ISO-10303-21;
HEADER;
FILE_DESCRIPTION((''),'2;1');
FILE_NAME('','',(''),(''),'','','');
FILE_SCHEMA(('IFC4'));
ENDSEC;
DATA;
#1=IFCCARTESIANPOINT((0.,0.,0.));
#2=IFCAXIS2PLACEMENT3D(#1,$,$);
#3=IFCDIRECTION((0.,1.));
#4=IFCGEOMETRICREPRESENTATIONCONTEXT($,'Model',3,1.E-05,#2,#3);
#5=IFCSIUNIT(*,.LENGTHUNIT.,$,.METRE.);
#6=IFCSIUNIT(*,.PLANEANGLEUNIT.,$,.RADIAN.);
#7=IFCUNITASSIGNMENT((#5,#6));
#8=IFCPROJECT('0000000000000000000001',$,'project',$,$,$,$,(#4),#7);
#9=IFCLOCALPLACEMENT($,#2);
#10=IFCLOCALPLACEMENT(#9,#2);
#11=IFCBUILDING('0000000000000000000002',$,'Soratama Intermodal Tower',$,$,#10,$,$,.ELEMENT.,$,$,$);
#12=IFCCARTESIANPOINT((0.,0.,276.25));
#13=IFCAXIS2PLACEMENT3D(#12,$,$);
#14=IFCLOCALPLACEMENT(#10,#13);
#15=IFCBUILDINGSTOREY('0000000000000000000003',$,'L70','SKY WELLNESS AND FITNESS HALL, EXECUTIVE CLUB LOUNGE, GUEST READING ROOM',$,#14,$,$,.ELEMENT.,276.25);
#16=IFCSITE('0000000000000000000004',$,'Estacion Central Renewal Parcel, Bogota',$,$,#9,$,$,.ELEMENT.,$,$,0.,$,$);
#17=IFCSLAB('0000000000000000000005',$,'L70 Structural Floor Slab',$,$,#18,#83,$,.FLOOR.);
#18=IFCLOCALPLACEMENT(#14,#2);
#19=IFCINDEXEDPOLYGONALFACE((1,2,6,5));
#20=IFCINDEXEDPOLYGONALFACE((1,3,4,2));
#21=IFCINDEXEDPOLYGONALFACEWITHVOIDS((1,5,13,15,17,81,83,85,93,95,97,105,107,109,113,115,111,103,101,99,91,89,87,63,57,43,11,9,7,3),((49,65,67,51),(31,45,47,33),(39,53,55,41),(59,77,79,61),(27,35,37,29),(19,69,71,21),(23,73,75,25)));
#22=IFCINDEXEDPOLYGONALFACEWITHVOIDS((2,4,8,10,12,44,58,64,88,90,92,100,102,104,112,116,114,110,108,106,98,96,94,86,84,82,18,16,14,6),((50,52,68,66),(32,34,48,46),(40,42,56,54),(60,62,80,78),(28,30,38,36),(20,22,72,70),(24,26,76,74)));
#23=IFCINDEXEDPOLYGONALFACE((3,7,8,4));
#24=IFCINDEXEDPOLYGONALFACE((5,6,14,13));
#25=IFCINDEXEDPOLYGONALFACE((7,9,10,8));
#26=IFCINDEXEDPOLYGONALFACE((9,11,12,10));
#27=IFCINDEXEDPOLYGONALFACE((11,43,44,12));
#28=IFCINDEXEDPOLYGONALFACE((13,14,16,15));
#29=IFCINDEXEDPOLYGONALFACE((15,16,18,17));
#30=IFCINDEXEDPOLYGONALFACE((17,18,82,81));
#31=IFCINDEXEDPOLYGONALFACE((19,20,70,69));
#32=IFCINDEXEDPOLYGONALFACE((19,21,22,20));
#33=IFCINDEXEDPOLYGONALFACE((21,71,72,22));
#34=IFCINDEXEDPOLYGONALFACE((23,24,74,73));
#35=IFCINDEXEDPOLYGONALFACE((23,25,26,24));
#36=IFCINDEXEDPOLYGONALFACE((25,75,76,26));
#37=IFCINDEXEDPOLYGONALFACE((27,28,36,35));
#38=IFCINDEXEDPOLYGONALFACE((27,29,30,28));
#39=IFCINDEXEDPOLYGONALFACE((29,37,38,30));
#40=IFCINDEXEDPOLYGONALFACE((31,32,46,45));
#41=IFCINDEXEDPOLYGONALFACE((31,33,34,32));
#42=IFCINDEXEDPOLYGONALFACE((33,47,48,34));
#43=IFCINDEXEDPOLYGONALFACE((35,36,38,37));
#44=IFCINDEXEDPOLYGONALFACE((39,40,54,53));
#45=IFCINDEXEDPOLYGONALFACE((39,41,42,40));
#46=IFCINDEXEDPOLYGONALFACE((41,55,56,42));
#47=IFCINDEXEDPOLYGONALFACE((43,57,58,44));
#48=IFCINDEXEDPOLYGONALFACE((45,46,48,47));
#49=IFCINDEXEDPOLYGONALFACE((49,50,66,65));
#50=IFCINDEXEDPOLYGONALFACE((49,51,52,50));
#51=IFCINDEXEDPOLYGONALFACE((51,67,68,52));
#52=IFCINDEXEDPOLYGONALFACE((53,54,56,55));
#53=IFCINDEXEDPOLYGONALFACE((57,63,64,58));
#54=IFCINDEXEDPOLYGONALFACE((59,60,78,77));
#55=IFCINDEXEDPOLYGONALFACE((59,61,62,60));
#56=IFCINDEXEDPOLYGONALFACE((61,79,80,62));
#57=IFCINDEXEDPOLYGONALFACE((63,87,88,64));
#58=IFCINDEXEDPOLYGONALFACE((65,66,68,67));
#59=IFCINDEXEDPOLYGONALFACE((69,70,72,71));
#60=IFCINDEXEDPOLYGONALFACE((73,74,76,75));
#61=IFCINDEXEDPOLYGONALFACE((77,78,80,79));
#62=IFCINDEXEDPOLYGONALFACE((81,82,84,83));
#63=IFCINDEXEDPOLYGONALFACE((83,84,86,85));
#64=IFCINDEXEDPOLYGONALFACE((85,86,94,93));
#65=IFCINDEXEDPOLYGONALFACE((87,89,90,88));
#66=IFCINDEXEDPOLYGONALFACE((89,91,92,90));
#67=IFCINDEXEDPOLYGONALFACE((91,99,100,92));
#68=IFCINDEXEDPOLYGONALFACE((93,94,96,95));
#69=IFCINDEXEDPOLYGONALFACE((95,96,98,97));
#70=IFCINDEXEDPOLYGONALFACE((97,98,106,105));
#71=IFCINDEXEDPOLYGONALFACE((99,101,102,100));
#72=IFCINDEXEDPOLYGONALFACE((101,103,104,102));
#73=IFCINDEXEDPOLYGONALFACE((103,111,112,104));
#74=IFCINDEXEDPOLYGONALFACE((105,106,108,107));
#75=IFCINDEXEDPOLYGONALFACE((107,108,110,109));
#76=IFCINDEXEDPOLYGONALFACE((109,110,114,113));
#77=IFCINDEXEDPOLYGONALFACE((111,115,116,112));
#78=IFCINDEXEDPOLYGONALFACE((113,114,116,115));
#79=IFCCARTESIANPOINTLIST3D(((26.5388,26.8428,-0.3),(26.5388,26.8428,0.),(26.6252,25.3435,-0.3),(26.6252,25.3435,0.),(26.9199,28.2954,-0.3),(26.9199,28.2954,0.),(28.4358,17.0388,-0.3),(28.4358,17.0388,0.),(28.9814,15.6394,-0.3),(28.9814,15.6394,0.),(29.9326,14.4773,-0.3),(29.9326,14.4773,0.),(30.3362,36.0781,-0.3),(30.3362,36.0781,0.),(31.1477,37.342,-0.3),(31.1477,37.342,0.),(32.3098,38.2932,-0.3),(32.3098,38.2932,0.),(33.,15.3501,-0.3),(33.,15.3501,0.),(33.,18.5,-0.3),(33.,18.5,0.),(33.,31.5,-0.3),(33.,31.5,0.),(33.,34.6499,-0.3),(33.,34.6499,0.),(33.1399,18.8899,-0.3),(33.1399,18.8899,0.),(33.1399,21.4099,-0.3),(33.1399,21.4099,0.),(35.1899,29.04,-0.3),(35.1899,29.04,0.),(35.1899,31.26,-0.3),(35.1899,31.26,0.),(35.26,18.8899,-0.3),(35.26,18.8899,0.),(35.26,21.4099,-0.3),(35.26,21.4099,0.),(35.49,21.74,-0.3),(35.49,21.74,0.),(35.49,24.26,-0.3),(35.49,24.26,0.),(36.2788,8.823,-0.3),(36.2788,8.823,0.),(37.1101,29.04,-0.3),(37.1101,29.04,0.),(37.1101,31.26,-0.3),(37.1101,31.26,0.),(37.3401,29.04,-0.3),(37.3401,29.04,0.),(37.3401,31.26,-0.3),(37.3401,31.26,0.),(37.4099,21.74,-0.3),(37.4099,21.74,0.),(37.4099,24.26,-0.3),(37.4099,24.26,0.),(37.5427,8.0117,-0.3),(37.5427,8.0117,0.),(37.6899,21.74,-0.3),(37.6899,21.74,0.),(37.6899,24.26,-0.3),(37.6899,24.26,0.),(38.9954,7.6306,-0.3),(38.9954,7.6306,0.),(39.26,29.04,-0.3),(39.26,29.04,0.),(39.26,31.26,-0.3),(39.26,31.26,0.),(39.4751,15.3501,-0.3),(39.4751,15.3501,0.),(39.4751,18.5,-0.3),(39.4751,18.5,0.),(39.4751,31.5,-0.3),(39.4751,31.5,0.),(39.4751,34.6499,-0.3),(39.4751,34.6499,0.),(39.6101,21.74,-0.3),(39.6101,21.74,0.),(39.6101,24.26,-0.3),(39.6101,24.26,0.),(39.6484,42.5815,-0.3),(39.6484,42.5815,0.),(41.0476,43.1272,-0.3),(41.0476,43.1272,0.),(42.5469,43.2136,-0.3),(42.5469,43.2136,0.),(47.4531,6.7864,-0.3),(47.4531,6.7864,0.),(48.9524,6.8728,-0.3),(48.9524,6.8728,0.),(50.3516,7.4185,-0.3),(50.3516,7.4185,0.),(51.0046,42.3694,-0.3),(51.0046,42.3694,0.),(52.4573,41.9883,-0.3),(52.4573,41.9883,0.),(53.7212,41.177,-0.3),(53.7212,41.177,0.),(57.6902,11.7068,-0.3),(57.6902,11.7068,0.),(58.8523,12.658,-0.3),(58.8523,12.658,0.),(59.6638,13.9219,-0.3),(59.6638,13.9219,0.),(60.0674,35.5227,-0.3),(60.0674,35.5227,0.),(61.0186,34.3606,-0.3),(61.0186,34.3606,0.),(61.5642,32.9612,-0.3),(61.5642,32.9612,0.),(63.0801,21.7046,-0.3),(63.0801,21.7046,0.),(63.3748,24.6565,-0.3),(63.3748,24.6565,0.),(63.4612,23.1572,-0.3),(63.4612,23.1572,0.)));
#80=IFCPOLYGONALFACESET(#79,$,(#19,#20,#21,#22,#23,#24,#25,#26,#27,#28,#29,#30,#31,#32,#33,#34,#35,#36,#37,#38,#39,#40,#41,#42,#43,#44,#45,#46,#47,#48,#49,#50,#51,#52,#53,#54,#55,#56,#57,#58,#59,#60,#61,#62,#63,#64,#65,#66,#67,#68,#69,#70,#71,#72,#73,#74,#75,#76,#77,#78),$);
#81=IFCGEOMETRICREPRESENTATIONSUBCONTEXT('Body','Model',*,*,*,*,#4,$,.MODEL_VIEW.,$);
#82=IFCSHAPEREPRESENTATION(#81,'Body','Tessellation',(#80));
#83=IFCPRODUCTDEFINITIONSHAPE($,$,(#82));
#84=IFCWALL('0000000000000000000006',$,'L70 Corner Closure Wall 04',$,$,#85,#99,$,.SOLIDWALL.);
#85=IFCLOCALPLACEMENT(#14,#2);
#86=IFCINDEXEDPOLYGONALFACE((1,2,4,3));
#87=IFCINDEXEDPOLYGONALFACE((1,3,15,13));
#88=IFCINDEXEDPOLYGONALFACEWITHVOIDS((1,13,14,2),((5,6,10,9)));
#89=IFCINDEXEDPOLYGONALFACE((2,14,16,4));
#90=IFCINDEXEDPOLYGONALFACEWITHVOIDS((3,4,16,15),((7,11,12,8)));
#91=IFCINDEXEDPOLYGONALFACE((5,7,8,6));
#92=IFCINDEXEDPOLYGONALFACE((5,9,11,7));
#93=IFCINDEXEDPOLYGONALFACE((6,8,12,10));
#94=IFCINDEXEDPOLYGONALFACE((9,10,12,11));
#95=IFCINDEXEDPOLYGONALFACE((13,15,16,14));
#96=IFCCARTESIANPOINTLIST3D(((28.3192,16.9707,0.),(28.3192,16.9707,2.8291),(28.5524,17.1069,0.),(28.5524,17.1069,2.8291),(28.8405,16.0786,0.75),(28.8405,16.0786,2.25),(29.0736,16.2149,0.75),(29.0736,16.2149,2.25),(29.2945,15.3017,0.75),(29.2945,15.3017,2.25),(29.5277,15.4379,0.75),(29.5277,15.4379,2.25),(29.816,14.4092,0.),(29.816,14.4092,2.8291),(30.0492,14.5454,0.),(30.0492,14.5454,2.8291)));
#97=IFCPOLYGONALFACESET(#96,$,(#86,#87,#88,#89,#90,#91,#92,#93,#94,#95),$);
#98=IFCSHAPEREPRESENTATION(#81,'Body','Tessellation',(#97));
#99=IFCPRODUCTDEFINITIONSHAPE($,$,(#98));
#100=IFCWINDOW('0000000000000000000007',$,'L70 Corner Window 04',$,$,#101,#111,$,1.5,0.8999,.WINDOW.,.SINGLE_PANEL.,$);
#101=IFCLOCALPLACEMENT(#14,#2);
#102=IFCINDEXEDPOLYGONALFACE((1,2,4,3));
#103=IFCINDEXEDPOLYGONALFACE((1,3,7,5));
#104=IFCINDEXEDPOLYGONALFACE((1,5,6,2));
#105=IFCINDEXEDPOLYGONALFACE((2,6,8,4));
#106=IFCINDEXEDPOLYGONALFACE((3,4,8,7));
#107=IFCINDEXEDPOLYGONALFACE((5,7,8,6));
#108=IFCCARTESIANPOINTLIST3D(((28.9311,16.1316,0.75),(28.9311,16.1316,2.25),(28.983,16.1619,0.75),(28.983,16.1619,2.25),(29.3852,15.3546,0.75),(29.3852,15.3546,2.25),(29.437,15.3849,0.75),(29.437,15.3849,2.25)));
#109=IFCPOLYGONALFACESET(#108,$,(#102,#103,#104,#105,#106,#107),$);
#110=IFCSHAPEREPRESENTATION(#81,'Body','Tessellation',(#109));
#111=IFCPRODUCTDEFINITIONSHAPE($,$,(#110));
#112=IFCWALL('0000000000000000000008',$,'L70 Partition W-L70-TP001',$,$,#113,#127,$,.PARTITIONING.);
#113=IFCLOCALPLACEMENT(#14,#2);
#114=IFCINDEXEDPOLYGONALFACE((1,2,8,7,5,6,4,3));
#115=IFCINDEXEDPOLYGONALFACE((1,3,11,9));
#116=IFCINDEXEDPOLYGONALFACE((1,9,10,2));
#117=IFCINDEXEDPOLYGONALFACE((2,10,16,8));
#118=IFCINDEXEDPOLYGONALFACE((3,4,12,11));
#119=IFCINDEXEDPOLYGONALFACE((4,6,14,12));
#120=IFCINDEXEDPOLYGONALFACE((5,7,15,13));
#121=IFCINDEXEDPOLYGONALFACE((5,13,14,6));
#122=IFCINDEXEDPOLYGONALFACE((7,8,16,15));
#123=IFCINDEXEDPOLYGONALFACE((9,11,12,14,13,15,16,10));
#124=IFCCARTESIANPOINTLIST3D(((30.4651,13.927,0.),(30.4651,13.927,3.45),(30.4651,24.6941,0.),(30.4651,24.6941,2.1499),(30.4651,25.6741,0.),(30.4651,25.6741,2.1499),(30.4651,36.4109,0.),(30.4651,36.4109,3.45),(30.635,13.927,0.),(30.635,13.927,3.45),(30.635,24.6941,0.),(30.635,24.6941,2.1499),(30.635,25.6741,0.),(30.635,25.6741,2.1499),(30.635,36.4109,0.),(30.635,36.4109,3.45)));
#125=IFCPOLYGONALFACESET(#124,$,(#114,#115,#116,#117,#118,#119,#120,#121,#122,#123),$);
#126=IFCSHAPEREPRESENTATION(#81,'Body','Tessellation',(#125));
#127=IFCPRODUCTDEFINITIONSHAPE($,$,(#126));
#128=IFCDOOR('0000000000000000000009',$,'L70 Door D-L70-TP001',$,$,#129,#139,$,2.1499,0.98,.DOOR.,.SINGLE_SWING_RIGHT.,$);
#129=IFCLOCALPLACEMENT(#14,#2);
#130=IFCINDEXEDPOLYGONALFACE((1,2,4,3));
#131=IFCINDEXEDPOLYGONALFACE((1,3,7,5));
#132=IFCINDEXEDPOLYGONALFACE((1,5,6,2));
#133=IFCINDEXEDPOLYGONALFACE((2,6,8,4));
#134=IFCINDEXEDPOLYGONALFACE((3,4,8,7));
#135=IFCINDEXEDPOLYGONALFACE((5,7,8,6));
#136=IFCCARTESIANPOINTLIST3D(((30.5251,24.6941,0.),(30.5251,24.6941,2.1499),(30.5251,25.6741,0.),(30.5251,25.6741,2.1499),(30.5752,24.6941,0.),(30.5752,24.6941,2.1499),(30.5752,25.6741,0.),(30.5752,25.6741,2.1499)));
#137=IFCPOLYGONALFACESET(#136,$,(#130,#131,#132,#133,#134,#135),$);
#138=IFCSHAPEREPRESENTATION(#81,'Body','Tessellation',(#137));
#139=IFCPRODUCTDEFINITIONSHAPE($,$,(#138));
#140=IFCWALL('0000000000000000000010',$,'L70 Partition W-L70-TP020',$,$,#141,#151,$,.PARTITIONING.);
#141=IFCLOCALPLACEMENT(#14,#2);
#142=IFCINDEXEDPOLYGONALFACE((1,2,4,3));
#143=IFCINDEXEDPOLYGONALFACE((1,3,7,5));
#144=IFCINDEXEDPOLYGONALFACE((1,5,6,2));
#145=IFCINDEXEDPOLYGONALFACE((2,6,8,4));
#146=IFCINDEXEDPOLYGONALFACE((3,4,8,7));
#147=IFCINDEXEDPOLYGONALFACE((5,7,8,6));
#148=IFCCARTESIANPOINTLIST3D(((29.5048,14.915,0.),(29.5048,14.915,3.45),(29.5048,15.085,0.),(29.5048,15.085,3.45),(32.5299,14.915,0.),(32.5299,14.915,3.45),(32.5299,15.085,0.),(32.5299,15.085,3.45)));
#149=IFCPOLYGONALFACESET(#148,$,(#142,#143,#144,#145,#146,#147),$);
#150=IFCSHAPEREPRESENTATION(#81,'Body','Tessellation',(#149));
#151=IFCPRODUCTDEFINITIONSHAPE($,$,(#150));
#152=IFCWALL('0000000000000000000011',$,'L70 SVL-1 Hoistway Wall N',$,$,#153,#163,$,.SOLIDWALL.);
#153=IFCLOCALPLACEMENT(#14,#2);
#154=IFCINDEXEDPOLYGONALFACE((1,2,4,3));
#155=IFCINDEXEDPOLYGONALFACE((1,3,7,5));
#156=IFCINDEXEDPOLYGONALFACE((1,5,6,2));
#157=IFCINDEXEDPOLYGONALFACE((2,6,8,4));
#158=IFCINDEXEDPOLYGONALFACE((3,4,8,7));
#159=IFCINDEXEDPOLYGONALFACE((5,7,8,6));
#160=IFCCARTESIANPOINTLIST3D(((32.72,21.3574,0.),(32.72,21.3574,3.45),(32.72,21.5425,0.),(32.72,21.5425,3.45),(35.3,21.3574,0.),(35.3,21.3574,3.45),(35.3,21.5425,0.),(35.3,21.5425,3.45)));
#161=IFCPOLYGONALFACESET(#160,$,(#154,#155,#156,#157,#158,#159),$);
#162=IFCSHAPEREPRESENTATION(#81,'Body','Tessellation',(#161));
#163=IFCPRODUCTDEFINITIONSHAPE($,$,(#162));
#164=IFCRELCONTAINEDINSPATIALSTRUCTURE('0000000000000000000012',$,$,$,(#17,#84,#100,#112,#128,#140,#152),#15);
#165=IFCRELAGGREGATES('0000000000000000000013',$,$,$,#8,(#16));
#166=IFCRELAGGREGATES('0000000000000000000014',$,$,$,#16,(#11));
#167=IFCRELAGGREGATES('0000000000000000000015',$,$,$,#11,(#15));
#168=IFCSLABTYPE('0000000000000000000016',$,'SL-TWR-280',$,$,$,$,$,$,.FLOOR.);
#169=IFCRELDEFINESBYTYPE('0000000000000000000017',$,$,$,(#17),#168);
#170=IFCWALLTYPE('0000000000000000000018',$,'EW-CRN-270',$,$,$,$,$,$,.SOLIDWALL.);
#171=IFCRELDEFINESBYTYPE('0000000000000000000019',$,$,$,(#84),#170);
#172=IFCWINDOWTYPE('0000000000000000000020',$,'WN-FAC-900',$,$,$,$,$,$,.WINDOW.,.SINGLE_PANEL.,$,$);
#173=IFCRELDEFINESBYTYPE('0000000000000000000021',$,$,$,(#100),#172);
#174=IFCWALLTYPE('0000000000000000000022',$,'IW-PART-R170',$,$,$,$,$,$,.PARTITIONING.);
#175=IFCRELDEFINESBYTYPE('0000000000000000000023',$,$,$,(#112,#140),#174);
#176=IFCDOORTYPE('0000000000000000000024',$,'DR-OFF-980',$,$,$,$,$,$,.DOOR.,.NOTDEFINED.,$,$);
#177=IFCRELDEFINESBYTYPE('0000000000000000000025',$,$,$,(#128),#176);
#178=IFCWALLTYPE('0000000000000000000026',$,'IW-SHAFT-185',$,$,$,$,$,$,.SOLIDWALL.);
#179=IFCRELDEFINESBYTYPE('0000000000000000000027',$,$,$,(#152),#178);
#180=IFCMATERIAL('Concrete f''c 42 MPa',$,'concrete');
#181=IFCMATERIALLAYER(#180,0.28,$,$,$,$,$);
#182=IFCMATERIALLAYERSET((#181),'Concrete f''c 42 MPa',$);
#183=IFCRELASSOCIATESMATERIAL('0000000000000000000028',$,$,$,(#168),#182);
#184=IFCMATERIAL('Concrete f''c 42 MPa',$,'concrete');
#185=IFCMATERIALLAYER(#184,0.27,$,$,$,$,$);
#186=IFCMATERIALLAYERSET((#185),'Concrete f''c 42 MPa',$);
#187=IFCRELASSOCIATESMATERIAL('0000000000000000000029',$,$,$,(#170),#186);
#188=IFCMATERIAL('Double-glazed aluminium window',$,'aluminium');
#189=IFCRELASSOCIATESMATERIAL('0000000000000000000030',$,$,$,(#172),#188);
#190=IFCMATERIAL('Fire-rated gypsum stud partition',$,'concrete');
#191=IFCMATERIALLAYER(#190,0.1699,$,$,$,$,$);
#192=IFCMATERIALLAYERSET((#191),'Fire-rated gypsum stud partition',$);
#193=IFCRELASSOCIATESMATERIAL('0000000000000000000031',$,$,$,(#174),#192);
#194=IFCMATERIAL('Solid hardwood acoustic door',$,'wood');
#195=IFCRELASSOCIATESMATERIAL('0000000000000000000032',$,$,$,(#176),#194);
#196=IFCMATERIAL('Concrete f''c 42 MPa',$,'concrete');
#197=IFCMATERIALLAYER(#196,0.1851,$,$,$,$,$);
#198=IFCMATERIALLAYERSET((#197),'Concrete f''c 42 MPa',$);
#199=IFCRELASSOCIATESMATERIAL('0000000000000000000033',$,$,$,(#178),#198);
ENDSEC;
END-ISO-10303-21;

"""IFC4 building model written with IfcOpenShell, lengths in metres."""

from ifc_helpers import new_model, si_unit, direction, frame, frame_2d, origin, place, context, subcontext, project, spatial, polyline, rectangle, outline, extrude, material, layer, layer_set, type_object, element, fill, save


model = new_model("IFC4")

# Units and contexts
model_context = context("Model", 3, precision=1e-05, world=origin(), true_north=direction((0.0, 1.0)))
body_context = subcontext(model_context, "Body", "Model", "MODEL_VIEW")
ifc_project = project(units=[si_unit("LENGTHUNIT", "METRE"), si_unit("PLANEANGLEUNIT", "RADIAN")], contexts=[model_context])

# Site, building, storey
site_placement = place(None, origin())
site = spatial("IfcSite", under=ifc_project, at=site_placement, Name="Estacion Central Renewal Parcel, Bogota", CompositionType="ELEMENT", RefElevation=0.0)
building_placement = place(site_placement, origin())
building = spatial("IfcBuilding", under=site, at=building_placement, Name="Soratama Intermodal Tower", CompositionType="ELEMENT")
storey_placement = place(building_placement, frame((0.0, 0.0, 276.25)))
storey = spatial("IfcBuildingStorey", under=building, at=storey_placement, Name="L70", Description="SKY WELLNESS AND FITNESS HALL, EXECUTIVE CLUB LOUNGE, GUEST READING ROOM", CompositionType="ELEMENT", Elevation=276.25)

# Slab
ifc_material_1 = material(Name="Concrete f'c 42 MPa", Category="concrete")
ifc_layer_1 = layer(ifc_material_1, 0.28)
ifc_layer_set_1 = layer_set([ifc_layer_1], Name="Concrete f'c 42 MPa")
slab_type_1 = type_object("IfcSlabType", Name="SL-TWR-280", PredefinedType="FLOOR", material=ifc_layer_set_1)
slab_1_placement = place(storey_placement, frame((0.0, 0.0, -0.3)))
element("IfcSlab", 1, at=slab_1_placement, inside=storey, type_object=slab_type_1, Name="L70 Structural Floor Slab", PredefinedType="FLOOR", context=body_context, shape_type="SweptSolid", body=[
    extrude(outline(polyline([(53.7212, 41.177), (52.4573, 41.9883), (51.0046, 42.3694), (42.5469, 43.2136), (41.0476, 43.1272), (39.6484, 42.5815), (32.3098, 38.2932), (31.1477, 37.342), (30.3362, 36.0781), (26.9199, 28.2954), (26.5388, 26.8428), (26.6252, 25.3435), (28.4358, 17.0388), (28.9814, 15.6394), (29.9326, 14.4773), (36.2788, 8.823), (37.5427, 8.0117), (38.9954, 7.6306), (47.4531, 6.7864), (48.9524, 6.8728), (50.3516, 7.4185), (57.6902, 11.7068), (58.8523, 12.658), (59.6638, 13.9219), (63.0801, 21.7046), (63.4612, 23.1572), (63.3748, 24.6565), (61.5642, 32.9612), (61.0186, 34.3606), (60.0674, 35.5227), (53.7212, 41.177)]), holes=[polyline([(33.0, 15.3501), (39.4751, 15.3501), (39.4751, 18.5), (33.0, 18.5), (33.0, 15.3501)]), polyline([(35.26, 21.4099), (33.1399, 21.4099), (33.1399, 18.8899), (35.26, 18.8899), (35.26, 21.4099)]), polyline([(37.4099, 24.26), (35.49, 24.26), (35.49, 21.74), (37.4099, 21.74), (37.4099, 24.26)]), polyline([(39.6101, 24.26), (37.6899, 24.26), (37.6899, 21.74), (39.6101, 21.74), (39.6101, 24.26)]), polyline([(37.1101, 31.26), (35.1899, 31.26), (35.1899, 29.04), (37.1101, 29.04), (37.1101, 31.26)]), polyline([(39.26, 31.26), (37.3401, 31.26), (37.3401, 29.04), (39.26, 29.04), (39.26, 31.26)]), polyline([(33.0, 34.6499), (33.0, 31.5), (39.4751, 31.5), (39.4751, 34.6499), (33.0, 34.6499)])]), origin(), (0.0, 0.0, 1.0), 0.3),
])

# Wall, opening, window
ifc_material_2 = material(Name="Concrete f'c 42 MPa", Category="concrete")
ifc_layer_2 = layer(ifc_material_2, 0.27)
ifc_layer_set_2 = layer_set([ifc_layer_2], Name="Concrete f'c 42 MPa")
wall_type_1 = type_object("IfcWallType", Name="EW-CRN-270", PredefinedType="SOLIDWALL", material=ifc_layer_set_2)
wall_1_placement = place(storey_placement, frame((28.4358, 17.0388, 0.0), z_axis=(0.0, 0.0, 1.0), x_axis=(0.504526, -0.863397, 0.0)))
wall_1 = element("IfcWall", 2, at=wall_1_placement, inside=storey, type_object=wall_type_1, Name="L70 Corner Closure Wall 04", PredefinedType="SOLIDWALL", context=body_context, shape_type="SweptSolid", body=[
    extrude(rectangle(XDim=2.9668, YDim=0.27, at=frame_2d((1.4834, 0.0))), origin(), (0.0, 0.0, 1.0), 2.8291),
])
opening_1_placement = place(wall_1_placement, frame((1.0332, 0.0, 0.75)))
opening_1 = element("IfcOpeningElement", 3, at=opening_1_placement, cuts=wall_1, PredefinedType="OPENING", context=body_context, shape_type="SweptSolid", body=[
    extrude(rectangle(XDim=0.8999, YDim=1.5, at=frame_2d((0.45, 0.75))), frame((0.0, 0.145, 0.0), z_axis=(0.0, -1.0, 0.0), x_axis=(1.0, 0.0, 0.0)), (0.0, 0.0, 1.0), 0.29),
])
ifc_material_3 = material(Name="Double-glazed aluminium window", Category="aluminium")
window_type = type_object("IfcWindowType", Name="WN-FAC-900", PartitioningType="SINGLE_PANEL", PredefinedType="WINDOW", material=ifc_material_3)
window_placement = place(opening_1_placement, origin())
window = element("IfcWindow", 4, at=window_placement, inside=storey, type_object=window_type, Name="L70 Corner Window 04", OverallHeight=1.5, OverallWidth=0.8999, PartitioningType="SINGLE_PANEL", PredefinedType="WINDOW", context=body_context, shape_type="SweptSolid", body=[
    extrude(rectangle(XDim=0.8999, YDim=1.5, at=frame_2d((0.45, 0.75))), frame((0.0, 0.03, 0.0), z_axis=(0.0, -1.0, 0.0), x_axis=(1.0, 0.0, 0.0)), (0.0, 0.0, 1.0), 0.0601),
])
fill(opening_1, window)

# Wall, opening, door
ifc_material_4 = material(Name="Fire-rated gypsum stud partition", Category="concrete")
ifc_layer_3 = layer(ifc_material_4, 0.1699)
ifc_layer_set_3 = layer_set([ifc_layer_3], Name="Fire-rated gypsum stud partition")
wall_type_2 = type_object("IfcWallType", Name="IW-PART-R170", PredefinedType="PARTITIONING", material=ifc_layer_set_3)
wall_2_placement = place(storey_placement, frame((30.55, 13.927, 0.0), z_axis=(0.0, 0.0, 1.0), x_axis=(0.0, 1.0, 0.0)))
wall_2 = element("IfcWall", 5, at=wall_2_placement, inside=storey, type_object=wall_type_2, Name="L70 Partition W-L70-TP001", PredefinedType="PARTITIONING", context=body_context, shape_type="SweptSolid", body=[
    extrude(rectangle(XDim=22.4839, YDim=0.1699, at=frame_2d((11.2419, 0.0))), origin(), (0.0, 0.0, 1.0), 3.45),
])
opening_2_placement = place(wall_2_placement, frame((10.7671, 0.0, 0.0)))
opening_2 = element("IfcOpeningElement", 6, at=opening_2_placement, cuts=wall_2, PredefinedType="OPENING", context=body_context, shape_type="SweptSolid", body=[
    extrude(rectangle(XDim=0.98, YDim=2.1499, at=frame_2d((0.49, 1.075))), frame((0.0, 0.095, 0.0), z_axis=(0.0, -1.0, 0.0), x_axis=(1.0, 0.0, 0.0)), (0.0, 0.0, 1.0), 0.1899),
])
ifc_material_5 = material(Name="Solid hardwood acoustic door", Category="wood")
door_type = type_object("IfcDoorType", Name="DR-OFF-980", OperationType="NOTDEFINED", PredefinedType="DOOR", material=ifc_material_5)
door_placement = place(opening_2_placement, origin())
door = element("IfcDoor", 7, at=door_placement, inside=storey, type_object=door_type, Name="L70 Door D-L70-TP001", OperationType="SINGLE_SWING_RIGHT", OverallHeight=2.1499, OverallWidth=0.98, PredefinedType="DOOR", context=body_context, shape_type="SweptSolid", body=[
    extrude(rectangle(XDim=0.98, YDim=2.1499, at=frame_2d((0.49, 1.075))), frame((0.0, 0.0249, 0.0), z_axis=(0.0, -1.0, 0.0), x_axis=(1.0, 0.0, 0.0)), (0.0, 0.0, 1.0), 0.05),
])
fill(opening_2, door)

# Walls
wall_3_placement = place(storey_placement, frame((32.53, 15.0, 0.0), z_axis=(0.0, 0.0, 1.0), x_axis=(-1.0, 0.0, 0.0)))
element("IfcWall", 8, at=wall_3_placement, inside=storey, type_object=wall_type_2, Name="L70 Partition W-L70-TP020", PredefinedType="PARTITIONING", context=body_context, shape_type="SweptSolid", body=[
    extrude(rectangle(XDim=3.0251, YDim=0.1699, at=frame_2d((1.5127, 0.0))), origin(), (0.0, 0.0, 1.0), 3.45),
])
ifc_material_6 = material(Name="Concrete f'c 42 MPa", Category="concrete")
ifc_layer_4 = layer(ifc_material_6, 0.1851)
ifc_layer_set_4 = layer_set([ifc_layer_4], Name="Concrete f'c 42 MPa")
wall_type_3 = type_object("IfcWallType", Name="IW-SHAFT-185", PredefinedType="SOLIDWALL", material=ifc_layer_set_4)
wall_4_placement = place(storey_placement, frame((32.72, 21.45, 0.0), z_axis=(0.0, 0.0, 1.0), x_axis=(1.0, 0.0, 0.0)))
element("IfcWall", 9, at=wall_4_placement, inside=storey, type_object=wall_type_3, Name="L70 SVL-1 Hoistway Wall N", PredefinedType="SOLIDWALL", context=body_context, shape_type="SweptSolid", body=[
    extrude(rectangle(XDim=2.5801, YDim=0.1851, at=frame_2d((1.29, 0.0))), origin(), (0.0, 0.0, 1.0), 3.45),
])

save(model, "model.ifc")
